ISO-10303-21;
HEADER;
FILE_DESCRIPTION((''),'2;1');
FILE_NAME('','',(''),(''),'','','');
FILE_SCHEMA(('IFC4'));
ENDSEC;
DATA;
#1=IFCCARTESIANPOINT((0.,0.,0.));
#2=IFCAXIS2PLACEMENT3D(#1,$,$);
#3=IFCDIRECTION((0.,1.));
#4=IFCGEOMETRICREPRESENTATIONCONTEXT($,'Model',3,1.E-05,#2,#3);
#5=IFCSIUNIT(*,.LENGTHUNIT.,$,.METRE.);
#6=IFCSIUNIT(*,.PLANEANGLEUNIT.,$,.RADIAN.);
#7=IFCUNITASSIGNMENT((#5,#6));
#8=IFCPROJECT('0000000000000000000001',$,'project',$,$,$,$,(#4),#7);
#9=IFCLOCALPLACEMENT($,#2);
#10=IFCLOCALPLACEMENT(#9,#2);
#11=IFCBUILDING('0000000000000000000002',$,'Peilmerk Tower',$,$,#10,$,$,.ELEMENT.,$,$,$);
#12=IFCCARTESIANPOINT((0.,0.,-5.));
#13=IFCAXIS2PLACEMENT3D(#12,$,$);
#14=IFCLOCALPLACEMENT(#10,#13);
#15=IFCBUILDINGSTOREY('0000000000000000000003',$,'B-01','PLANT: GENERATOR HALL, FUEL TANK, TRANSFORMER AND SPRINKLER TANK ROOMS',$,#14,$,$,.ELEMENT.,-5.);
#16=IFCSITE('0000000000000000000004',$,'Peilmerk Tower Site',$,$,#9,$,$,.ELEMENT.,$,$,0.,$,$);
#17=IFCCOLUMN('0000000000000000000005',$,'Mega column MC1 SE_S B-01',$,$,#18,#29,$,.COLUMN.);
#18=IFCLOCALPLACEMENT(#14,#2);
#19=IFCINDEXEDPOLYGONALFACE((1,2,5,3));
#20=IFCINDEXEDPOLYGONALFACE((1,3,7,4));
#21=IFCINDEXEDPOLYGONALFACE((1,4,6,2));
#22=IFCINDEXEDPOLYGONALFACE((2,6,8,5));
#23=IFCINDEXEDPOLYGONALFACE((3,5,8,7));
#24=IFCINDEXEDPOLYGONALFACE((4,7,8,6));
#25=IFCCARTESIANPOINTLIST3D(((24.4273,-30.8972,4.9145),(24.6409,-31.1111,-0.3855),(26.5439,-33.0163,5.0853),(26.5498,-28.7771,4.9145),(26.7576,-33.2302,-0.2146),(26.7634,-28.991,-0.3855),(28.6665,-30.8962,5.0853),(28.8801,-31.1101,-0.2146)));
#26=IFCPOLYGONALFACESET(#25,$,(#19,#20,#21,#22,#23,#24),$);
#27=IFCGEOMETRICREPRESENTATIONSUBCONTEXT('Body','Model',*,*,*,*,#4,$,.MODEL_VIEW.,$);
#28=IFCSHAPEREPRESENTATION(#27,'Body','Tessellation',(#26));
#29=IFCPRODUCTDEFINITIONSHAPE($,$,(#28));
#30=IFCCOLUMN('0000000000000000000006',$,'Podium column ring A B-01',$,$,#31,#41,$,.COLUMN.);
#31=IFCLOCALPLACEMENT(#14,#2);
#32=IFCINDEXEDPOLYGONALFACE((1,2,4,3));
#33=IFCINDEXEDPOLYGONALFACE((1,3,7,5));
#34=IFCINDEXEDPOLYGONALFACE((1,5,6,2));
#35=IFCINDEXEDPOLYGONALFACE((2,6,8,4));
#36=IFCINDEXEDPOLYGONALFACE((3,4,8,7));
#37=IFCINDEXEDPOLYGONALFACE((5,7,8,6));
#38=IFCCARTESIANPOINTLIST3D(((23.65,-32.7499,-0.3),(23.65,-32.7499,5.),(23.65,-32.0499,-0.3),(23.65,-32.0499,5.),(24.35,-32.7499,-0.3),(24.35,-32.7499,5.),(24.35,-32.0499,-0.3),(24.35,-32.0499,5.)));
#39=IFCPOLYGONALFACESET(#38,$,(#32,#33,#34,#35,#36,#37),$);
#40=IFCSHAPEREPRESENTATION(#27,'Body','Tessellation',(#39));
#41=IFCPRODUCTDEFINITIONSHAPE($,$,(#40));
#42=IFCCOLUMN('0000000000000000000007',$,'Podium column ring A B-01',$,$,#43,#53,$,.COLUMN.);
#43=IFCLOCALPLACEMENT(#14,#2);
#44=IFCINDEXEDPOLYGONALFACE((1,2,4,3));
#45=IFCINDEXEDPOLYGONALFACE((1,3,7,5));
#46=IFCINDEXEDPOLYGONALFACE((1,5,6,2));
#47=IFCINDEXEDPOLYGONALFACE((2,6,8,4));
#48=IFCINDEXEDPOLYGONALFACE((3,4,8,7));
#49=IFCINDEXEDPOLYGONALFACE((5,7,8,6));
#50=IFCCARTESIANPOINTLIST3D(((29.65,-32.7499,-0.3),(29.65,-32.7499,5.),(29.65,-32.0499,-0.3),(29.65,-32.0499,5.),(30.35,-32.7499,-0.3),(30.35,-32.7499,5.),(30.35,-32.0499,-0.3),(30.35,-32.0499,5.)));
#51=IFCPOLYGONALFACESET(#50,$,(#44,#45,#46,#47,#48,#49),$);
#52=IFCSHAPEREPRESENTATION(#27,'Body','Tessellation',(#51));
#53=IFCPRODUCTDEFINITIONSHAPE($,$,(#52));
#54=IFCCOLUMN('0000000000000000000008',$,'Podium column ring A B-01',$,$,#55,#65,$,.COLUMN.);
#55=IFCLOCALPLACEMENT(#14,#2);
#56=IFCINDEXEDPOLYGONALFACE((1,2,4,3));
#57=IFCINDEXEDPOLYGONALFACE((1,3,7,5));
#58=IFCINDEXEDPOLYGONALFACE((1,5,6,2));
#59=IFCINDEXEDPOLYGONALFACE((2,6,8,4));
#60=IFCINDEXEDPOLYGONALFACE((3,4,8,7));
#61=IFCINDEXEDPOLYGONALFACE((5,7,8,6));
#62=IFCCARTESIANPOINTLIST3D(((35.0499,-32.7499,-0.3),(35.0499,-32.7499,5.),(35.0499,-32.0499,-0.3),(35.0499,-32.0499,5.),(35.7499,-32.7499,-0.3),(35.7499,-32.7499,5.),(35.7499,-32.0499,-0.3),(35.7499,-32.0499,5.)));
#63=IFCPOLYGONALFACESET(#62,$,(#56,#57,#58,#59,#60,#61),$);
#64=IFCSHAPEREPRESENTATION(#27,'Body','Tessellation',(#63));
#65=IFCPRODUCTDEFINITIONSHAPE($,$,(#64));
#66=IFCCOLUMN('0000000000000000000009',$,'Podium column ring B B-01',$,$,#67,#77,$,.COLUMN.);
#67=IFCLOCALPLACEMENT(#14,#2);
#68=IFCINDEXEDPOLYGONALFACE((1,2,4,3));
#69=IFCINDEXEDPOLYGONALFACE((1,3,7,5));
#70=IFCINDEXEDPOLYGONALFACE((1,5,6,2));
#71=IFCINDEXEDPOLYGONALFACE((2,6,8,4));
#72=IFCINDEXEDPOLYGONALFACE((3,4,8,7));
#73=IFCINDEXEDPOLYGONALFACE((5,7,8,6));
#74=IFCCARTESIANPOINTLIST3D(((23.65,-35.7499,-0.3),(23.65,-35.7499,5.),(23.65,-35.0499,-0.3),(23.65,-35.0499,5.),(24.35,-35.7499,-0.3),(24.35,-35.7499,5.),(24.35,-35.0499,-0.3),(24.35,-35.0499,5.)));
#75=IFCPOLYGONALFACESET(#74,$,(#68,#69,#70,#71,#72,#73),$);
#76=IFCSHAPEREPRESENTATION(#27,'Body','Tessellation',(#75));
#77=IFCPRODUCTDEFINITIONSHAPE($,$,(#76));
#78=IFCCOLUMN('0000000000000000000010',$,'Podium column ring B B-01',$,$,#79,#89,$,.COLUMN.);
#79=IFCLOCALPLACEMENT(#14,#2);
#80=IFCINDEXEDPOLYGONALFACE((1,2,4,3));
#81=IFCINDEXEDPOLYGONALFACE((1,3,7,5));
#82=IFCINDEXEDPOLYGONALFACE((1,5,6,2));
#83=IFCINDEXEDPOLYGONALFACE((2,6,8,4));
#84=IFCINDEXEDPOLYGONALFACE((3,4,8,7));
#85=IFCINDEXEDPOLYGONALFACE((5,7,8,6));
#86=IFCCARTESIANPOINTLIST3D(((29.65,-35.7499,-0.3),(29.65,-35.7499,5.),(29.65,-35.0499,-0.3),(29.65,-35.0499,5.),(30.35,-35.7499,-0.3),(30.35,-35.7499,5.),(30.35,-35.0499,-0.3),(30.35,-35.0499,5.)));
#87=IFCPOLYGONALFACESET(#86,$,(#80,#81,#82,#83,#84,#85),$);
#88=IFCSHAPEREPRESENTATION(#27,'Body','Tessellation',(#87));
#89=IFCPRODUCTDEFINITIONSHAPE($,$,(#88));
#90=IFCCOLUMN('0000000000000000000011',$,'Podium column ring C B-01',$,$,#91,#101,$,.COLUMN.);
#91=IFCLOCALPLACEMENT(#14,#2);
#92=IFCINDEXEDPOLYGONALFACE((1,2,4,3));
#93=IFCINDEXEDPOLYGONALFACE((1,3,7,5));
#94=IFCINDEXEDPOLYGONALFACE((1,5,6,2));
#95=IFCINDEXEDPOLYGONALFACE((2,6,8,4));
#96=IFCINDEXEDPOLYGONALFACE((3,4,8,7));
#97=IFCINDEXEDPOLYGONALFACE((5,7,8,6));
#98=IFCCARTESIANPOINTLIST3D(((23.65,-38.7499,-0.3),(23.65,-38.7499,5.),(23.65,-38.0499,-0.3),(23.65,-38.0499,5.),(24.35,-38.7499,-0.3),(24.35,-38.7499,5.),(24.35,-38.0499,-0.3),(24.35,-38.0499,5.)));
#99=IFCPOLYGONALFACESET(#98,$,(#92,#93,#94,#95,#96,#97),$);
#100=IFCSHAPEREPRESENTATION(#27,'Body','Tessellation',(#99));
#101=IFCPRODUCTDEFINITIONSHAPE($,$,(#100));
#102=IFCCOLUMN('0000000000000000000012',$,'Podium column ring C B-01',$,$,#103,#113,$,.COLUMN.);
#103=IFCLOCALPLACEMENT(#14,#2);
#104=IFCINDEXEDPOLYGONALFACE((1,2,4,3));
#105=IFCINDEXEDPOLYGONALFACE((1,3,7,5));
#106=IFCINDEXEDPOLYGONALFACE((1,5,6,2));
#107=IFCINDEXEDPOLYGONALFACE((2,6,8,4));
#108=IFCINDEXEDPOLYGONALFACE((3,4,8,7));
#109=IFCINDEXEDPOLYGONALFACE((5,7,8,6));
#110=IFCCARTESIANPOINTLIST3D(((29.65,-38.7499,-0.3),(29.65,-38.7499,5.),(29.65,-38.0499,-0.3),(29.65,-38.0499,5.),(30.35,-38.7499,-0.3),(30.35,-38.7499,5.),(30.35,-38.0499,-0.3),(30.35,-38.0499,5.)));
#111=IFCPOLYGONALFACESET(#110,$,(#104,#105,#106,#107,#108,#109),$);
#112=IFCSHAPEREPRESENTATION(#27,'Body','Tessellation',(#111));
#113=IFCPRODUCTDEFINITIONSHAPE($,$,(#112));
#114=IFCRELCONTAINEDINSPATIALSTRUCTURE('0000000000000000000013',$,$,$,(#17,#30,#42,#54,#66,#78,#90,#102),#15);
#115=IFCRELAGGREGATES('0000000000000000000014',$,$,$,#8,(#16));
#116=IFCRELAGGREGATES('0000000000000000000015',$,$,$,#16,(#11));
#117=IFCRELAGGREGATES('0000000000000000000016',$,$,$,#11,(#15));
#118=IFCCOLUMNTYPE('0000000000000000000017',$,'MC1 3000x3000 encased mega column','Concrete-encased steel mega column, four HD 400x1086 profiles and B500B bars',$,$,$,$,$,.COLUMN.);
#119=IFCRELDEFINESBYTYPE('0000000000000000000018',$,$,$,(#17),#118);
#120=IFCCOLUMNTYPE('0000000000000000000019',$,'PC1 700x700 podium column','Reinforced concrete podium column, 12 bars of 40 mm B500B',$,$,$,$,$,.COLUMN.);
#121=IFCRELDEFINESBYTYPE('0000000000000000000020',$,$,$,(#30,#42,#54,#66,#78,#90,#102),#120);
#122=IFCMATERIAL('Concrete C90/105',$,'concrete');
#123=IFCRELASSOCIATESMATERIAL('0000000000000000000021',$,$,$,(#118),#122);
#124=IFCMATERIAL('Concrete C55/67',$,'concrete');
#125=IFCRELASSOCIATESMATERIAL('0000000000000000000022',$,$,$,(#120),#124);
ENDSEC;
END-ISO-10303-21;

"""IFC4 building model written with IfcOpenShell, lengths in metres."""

from ifc_helpers import new_model, si_unit, direction, frame, origin, origin_2d, place, context, subcontext, project, spatial, rectangle, extrude, material, material_profile, profile_set, type_object, element, save


model = new_model("IFC4")

# Units and contexts
model_context = context("Model", 3, precision=1e-05, world=origin(), true_north=direction((0.0, 1.0)))
body_context = subcontext(model_context, "Body", "Model", "MODEL_VIEW")
ifc_project = project(units=[si_unit("LENGTHUNIT", "METRE"), si_unit("PLANEANGLEUNIT", "RADIAN")], contexts=[model_context])

# Site, building, storey
site_placement = place(None, origin())
site = spatial("IfcSite", under=ifc_project, at=site_placement, Name="Peilmerk Tower Site", CompositionType="ELEMENT", RefElevation=0.0)
building_placement = place(site_placement, origin())
building = spatial("IfcBuilding", under=site, at=building_placement, Name="Peilmerk Tower", CompositionType="ELEMENT")
storey_placement = place(building_placement, frame((0.0, 0.0, -5.0)))
storey = spatial("IfcBuildingStorey", under=building, at=storey_placement, Name="B-01", Description="PLANT: GENERATOR HALL, FUEL TANK, TRANSFORMER AND SPRINKLER TANK ROOMS", CompositionType="ELEMENT", Elevation=-5.0)

# Columns
ifc_material_1 = material(Name="Concrete C90/105", Category="concrete")
ifc_material_profile_1 = material_profile(ifc_material_1, rectangle(XDim=3.0, YDim=3.0, at=origin_2d()), Name="RC 3000x3000")
ifc_profile_set_1 = profile_set([ifc_material_profile_1], Name="Concrete C90/105")
column_type_1 = type_object("IfcColumnType", Name="MC1 3000x3000 encased mega column", Description="Concrete-encased steel mega column, four HD 400x1086 profiles and B500B bars", PredefinedType="COLUMN", material=ifc_profile_set_1)
for number, where, z_axis, x_axis, name in (
    (1, (26.7605, -31.1106, -0.3), (-0.04024, 0.040286, 0.998378), (-0.70751, -0.706703, 0.0), "Mega column MC1 SE_S B-01"),
):
    element("IfcColumn", number, at=place(storey_placement, frame(where, z_axis=z_axis, x_axis=x_axis)), inside=storey, type_object=column_type_1, Name=name, PredefinedType="COLUMN", context=body_context, shape_type="SweptSolid", body=[
        extrude(rectangle(XDim=3.0, YDim=3.0, at=origin_2d()), origin(), (0.0, 0.0, 1.0), 5.3086),
    ])
ifc_material_2 = material(Name="Concrete C55/67", Category="concrete")
ifc_material_profile_2 = material_profile(ifc_material_2, rectangle(XDim=0.7, YDim=0.7, at=origin_2d()), Name="RC 700x700")
ifc_profile_set_2 = profile_set([ifc_material_profile_2], Name="Concrete C55/67")
column_type_2 = type_object("IfcColumnType", Name="PC1 700x700 podium column", Description="Reinforced concrete podium column, 12 bars of 40 mm B500B", PredefinedType="COLUMN", material=ifc_profile_set_2)
for number, where, z_axis, x_axis, name in (
    (2, (24.0, -32.3999, -0.3), (0.0, 0.0, 1.0), (1.0, 0.0, 0.0), "Podium column ring A B-01"),
    (3, (30.0, -32.3999, -0.3), (0.0, 0.0, 1.0), (1.0, 0.0, 0.0), "Podium column ring A B-01"),
    (4, (35.3999, -32.3999, -0.3), (0.0, 0.0, 1.0), (1.0, 0.0, 0.0), "Podium column ring A B-01"),
    (5, (24.0, -35.3999, -0.3), (0.0, 0.0, 1.0), (1.0, 0.0, 0.0), "Podium column ring B B-01"),
    (6, (30.0, -35.3999, -0.3), (0.0, 0.0, 1.0), (1.0, 0.0, 0.0), "Podium column ring B B-01"),
    (7, (24.0, -38.3999, -0.3), (0.0, 0.0, 1.0), (1.0, 0.0, 0.0), "Podium column ring C B-01"),
    (8, (30.0, -38.3999, -0.3), (0.0, 0.0, 1.0), (1.0, 0.0, 0.0), "Podium column ring C B-01"),
):
    element("IfcColumn", number, at=place(storey_placement, frame(where, z_axis=z_axis, x_axis=x_axis)), inside=storey, type_object=column_type_2, Name=name, PredefinedType="COLUMN", context=body_context, shape_type="SweptSolid", body=[
        extrude(rectangle(XDim=0.7, YDim=0.7, at=origin_2d()), origin(), (0.0, 0.0, 1.0), 5.3),
    ])

save(model, "model.ifc")
